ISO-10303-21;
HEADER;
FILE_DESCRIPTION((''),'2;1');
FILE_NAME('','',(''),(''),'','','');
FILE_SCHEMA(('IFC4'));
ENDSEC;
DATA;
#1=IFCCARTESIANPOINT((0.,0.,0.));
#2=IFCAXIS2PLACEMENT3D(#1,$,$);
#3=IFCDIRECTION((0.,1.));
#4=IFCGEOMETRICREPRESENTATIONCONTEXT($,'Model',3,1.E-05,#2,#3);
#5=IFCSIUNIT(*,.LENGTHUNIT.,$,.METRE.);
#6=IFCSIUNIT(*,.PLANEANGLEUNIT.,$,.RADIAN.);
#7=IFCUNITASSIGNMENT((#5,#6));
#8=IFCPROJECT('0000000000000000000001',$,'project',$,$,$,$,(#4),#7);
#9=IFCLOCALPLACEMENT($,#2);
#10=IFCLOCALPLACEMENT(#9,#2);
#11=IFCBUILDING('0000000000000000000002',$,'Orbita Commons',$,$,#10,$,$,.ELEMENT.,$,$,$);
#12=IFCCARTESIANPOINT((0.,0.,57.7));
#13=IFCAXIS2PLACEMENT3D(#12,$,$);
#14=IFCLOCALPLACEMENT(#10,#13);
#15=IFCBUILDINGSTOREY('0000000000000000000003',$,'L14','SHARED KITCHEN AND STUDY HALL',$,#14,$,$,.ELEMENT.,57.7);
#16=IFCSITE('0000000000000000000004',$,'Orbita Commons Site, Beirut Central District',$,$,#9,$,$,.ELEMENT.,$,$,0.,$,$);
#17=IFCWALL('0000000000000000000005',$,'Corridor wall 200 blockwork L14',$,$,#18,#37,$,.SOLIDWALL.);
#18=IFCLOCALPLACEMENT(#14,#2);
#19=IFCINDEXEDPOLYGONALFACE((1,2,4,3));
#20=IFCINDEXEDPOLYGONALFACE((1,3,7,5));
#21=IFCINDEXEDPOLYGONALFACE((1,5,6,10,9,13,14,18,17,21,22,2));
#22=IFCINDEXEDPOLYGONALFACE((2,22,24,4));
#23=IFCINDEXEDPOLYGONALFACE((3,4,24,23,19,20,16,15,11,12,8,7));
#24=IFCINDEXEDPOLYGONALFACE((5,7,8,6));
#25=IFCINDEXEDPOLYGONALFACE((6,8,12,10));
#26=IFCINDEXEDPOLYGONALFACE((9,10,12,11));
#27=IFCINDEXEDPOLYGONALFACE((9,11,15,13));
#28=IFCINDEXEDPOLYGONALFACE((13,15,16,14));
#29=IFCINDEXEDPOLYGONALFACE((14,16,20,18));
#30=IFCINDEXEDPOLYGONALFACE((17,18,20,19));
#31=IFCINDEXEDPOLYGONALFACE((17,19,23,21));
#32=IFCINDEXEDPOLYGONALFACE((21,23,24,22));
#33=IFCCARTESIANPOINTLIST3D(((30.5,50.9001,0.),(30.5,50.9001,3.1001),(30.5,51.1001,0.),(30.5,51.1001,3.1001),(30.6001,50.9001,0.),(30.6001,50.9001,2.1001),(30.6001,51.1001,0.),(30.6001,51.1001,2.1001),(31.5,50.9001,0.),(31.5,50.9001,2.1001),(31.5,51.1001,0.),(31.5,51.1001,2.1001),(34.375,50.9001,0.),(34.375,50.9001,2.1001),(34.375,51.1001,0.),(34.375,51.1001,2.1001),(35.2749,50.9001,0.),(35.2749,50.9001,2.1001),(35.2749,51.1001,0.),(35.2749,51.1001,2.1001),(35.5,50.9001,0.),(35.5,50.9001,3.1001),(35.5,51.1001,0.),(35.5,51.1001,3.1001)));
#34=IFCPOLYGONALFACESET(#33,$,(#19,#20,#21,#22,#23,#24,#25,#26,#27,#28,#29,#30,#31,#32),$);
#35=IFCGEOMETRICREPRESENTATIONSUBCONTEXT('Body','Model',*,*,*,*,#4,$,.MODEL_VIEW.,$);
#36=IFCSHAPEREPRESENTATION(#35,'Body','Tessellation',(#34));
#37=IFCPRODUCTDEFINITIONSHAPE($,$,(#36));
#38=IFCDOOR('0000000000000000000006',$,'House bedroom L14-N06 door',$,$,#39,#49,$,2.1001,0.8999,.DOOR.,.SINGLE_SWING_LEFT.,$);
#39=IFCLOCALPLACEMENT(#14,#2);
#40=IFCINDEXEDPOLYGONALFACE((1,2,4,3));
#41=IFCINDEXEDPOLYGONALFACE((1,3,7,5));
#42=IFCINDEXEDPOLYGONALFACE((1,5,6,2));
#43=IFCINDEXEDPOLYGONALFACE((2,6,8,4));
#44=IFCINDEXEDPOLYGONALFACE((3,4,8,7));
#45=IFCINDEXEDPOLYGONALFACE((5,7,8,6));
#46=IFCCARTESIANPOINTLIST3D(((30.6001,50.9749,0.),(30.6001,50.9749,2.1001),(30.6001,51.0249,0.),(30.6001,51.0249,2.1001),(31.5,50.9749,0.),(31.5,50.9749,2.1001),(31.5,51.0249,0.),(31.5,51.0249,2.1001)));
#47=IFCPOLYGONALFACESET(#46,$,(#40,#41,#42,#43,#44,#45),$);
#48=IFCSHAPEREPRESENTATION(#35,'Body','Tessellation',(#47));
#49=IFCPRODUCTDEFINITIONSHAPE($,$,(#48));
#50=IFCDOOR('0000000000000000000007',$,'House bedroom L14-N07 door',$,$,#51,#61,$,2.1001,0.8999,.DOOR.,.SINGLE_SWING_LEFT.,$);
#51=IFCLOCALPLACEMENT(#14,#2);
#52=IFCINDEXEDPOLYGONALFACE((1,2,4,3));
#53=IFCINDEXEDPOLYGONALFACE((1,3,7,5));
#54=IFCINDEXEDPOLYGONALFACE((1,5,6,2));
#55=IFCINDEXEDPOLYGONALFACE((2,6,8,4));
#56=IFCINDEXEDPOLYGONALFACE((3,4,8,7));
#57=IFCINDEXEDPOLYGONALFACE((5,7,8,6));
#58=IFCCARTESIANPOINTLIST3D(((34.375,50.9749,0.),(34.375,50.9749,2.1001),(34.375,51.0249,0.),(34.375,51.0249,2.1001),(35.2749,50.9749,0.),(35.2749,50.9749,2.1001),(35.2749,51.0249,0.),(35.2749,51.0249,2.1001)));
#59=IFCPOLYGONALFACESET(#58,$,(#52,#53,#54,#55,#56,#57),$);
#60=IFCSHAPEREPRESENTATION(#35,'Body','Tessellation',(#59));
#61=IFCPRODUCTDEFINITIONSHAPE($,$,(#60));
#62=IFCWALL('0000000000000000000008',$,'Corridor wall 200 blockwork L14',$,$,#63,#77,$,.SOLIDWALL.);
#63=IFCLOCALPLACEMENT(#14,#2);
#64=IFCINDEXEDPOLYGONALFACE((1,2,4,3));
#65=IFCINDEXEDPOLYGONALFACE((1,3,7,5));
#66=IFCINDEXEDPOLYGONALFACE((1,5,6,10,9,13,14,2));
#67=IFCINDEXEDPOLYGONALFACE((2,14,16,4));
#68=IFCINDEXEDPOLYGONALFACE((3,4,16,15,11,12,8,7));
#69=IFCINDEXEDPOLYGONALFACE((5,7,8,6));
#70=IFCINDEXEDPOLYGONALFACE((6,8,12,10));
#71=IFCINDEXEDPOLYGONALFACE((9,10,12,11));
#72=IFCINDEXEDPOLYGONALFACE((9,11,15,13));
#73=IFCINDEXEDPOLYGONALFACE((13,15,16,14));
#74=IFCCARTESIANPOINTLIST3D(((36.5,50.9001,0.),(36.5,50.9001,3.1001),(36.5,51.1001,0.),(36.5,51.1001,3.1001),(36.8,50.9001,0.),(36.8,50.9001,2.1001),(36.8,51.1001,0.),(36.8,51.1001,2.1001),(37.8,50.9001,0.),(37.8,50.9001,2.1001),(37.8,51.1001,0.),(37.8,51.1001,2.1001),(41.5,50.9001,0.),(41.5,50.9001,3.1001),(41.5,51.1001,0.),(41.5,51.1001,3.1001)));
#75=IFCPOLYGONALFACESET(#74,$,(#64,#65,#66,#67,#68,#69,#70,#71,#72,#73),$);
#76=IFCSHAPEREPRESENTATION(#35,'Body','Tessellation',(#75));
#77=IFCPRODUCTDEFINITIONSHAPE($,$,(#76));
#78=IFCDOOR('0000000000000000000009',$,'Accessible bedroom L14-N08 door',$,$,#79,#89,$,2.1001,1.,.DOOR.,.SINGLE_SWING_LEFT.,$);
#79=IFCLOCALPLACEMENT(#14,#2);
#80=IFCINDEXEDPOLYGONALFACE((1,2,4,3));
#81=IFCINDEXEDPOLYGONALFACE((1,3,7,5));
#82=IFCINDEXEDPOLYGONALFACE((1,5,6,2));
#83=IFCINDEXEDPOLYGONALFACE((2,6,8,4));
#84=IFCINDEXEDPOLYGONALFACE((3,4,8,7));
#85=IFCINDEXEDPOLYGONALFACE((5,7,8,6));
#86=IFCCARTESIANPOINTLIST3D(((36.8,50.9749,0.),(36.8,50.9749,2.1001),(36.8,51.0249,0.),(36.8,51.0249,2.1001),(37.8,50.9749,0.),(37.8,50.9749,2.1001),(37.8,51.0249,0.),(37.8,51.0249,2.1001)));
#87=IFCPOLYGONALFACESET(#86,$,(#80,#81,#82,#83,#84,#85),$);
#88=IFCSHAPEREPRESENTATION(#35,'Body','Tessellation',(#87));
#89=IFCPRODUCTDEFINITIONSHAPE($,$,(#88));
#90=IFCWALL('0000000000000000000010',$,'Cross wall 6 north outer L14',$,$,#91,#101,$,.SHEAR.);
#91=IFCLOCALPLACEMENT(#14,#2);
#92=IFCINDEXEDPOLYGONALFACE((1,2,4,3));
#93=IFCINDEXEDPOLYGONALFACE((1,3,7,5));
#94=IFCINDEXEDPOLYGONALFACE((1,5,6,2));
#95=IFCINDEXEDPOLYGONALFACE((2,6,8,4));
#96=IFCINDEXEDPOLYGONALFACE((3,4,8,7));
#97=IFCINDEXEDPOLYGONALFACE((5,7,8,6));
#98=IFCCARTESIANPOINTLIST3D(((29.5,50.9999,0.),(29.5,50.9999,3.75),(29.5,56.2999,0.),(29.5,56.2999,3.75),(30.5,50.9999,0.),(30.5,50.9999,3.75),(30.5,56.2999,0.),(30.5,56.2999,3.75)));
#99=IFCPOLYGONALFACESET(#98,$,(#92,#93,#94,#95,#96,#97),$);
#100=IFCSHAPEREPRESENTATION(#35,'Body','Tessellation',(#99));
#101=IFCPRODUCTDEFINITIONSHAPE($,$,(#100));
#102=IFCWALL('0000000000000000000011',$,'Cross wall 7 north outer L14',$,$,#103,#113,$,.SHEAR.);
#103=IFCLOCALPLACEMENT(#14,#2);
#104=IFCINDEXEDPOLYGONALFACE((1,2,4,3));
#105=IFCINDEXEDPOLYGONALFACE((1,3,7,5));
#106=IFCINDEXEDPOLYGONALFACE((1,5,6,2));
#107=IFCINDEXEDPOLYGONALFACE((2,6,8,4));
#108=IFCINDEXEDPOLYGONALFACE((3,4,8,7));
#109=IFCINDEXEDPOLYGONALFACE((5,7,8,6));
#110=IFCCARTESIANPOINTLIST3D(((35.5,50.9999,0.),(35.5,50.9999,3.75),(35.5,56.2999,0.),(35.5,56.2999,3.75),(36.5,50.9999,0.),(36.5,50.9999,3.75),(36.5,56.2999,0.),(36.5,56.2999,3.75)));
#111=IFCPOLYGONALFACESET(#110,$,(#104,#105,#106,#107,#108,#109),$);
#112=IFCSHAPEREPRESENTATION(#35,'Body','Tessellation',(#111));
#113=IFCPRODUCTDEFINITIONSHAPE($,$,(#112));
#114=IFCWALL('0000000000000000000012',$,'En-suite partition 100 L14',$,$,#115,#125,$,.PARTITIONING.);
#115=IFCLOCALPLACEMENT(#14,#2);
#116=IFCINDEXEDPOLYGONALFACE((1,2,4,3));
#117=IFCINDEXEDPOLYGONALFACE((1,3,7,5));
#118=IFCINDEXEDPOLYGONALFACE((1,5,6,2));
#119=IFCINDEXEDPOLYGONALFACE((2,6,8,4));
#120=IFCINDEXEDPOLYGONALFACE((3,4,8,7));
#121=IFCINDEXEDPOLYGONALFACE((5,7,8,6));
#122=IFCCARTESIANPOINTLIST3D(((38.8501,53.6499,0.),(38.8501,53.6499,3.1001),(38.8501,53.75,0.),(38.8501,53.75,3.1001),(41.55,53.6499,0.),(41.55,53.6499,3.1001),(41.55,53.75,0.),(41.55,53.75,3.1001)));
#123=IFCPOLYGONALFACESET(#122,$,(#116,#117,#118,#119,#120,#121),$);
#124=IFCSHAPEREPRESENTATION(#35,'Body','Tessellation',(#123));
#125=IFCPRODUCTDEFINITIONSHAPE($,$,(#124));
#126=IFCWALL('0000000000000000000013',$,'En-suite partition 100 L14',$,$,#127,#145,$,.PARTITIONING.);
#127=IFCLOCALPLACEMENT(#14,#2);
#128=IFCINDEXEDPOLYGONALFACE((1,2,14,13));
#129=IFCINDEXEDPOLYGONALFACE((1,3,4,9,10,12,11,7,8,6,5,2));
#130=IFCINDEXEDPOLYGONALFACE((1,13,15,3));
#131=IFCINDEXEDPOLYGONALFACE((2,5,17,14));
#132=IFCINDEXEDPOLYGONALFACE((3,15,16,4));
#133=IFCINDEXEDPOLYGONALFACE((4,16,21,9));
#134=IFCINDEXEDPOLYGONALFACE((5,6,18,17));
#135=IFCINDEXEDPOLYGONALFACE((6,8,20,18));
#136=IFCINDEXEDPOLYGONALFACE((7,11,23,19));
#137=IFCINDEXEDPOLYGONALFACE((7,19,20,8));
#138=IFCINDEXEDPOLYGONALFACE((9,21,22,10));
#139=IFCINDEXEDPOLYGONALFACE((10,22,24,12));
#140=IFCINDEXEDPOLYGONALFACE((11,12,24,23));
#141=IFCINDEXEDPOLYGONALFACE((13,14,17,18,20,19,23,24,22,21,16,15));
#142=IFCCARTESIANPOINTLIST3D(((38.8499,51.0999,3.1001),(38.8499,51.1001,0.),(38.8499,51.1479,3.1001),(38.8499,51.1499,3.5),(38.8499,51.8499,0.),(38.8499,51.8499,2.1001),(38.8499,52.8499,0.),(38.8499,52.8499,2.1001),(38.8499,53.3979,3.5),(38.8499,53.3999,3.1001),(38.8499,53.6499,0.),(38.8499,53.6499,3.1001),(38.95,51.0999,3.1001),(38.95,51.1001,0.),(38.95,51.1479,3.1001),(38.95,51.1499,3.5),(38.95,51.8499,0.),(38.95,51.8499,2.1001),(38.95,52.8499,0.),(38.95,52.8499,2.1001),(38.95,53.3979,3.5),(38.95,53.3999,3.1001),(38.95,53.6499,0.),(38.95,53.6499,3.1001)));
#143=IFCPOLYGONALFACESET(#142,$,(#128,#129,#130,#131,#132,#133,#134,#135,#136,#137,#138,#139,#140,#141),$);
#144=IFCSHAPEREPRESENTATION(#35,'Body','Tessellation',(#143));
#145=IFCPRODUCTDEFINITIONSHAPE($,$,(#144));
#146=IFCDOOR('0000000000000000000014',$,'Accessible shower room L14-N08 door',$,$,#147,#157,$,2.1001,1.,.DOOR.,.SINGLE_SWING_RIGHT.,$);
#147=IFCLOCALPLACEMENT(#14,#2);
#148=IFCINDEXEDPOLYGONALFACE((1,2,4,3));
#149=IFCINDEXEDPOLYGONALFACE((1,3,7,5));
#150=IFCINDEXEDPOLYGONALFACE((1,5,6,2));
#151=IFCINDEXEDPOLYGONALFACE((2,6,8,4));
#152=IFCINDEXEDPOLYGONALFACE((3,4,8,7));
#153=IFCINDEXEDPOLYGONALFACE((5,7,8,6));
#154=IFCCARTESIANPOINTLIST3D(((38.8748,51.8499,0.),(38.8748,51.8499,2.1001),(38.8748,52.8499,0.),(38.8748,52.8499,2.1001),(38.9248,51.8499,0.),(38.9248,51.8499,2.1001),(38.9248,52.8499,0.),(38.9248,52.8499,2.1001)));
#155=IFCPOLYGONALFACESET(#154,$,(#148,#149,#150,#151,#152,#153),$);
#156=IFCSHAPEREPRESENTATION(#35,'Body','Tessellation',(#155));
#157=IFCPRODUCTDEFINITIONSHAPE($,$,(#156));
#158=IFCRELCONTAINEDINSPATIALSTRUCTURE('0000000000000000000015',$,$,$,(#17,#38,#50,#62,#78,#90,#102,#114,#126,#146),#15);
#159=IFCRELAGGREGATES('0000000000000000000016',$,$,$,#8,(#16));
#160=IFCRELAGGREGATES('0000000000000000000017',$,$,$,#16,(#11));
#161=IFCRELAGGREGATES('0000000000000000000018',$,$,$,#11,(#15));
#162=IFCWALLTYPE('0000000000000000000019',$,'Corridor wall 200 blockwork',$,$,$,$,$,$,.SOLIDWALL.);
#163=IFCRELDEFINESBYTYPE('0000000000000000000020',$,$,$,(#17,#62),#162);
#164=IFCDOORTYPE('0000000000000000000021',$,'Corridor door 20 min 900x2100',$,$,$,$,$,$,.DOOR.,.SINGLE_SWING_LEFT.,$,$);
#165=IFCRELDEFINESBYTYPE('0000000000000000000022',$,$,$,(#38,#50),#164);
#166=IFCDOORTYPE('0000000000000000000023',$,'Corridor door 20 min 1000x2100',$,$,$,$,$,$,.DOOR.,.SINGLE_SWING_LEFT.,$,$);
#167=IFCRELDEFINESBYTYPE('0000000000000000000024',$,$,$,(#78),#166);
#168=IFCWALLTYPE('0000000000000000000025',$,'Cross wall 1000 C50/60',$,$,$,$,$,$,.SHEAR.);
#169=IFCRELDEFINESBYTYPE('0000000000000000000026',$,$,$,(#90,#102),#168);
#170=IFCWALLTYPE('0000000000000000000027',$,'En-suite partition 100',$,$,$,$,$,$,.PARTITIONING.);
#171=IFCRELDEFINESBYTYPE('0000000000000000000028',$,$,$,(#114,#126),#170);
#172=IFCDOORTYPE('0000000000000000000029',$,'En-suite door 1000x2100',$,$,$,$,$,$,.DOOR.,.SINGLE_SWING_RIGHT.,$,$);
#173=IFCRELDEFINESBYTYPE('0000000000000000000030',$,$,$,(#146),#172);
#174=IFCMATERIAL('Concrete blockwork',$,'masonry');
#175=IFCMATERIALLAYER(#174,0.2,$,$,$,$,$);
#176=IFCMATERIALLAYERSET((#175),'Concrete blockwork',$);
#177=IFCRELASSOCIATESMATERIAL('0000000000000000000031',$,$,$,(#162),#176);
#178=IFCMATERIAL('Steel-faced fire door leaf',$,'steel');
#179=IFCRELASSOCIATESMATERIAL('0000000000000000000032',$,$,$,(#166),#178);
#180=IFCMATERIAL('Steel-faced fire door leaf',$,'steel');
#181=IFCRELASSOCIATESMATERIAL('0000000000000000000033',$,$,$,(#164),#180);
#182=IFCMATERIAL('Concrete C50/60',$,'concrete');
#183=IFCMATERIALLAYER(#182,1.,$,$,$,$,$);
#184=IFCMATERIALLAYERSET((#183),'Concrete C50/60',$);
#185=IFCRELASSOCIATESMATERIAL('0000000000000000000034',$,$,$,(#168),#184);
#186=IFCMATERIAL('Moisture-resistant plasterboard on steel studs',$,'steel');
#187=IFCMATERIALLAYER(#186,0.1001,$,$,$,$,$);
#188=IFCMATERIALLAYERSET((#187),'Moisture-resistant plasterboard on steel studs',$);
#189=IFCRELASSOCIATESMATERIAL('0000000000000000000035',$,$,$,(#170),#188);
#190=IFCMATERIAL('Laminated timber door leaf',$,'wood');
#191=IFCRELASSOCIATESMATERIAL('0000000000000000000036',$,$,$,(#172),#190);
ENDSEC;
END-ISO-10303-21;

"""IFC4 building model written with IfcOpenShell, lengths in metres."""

from ifc_helpers import new_model, si_unit, direction, frame, frame_2d, origin, place, context, subcontext, project, spatial, polyline, rectangle, outline, extrude, material, layer, layer_set, type_object, element, fill, save


model = new_model("IFC4")

# Units and contexts
model_context = context("Model", 3, precision=1e-05, world=origin(), true_north=direction((0.0, 1.0)))
body_context = subcontext(model_context, "Body", "Model", "MODEL_VIEW")
ifc_project = project(units=[si_unit("LENGTHUNIT", "METRE"), si_unit("PLANEANGLEUNIT", "RADIAN")], contexts=[model_context])

# Site, building, storey
site_placement = place(None, origin())
site = spatial("IfcSite", under=ifc_project, at=site_placement, Name="Orbita Commons Site, Beirut Central District", CompositionType="ELEMENT", RefElevation=0.0)
building_placement = place(site_placement, origin())
building = spatial("IfcBuilding", under=site, at=building_placement, Name="Orbita Commons", CompositionType="ELEMENT")
storey_placement = place(building_placement, frame((0.0, 0.0, 57.7)))
storey = spatial("IfcBuildingStorey", under=building, at=storey_placement, Name="L14", Description="SHARED KITCHEN AND STUDY HALL", CompositionType="ELEMENT", Elevation=57.7)

# Shared definitions
ifc_material_1 = material(Name="Concrete blockwork", Category="masonry")
ifc_layer_1 = layer(ifc_material_1, 0.2)
ifc_layer_set_1 = layer_set([ifc_layer_1], Name="Concrete blockwork")
wall_type_1 = type_object("IfcWallType", Name="Corridor wall 200 blockwork", PredefinedType="SOLIDWALL", material=ifc_layer_set_1)
ifc_material_2 = material(Name="Steel-faced fire door leaf", Category="steel")
door_type_1 = type_object("IfcDoorType", Name="Corridor door 20 min 1000x2100", OperationType="SINGLE_SWING_LEFT", PredefinedType="DOOR", material=ifc_material_2)

# Wall, openings, doors
wall_1_placement = place(storey_placement, frame((30.5, 51.0, 0.0), z_axis=(0.0, 0.0, 1.0), x_axis=(1.0, 0.0, 0.0)))
wall_1 = element("IfcWall", 1, at=wall_1_placement, inside=storey, type_object=wall_type_1, Name="Corridor wall 200 blockwork L14", PredefinedType="SOLIDWALL", context=body_context, shape_type="SweptSolid", body=[
    extrude(outline(polyline([(0.0, 0.0), (5.0, 0.0), (5.0, 3.1001), (0.0, 3.1001), (0.0, 0.0)])), frame((0.0, 0.1001, 0.0), z_axis=(0.0, -1.0, 0.0), x_axis=(1.0, 0.0, 0.0)), (0.0, 0.0, 1.0), 0.2),
])
opening_1_placement = place(wall_1_placement, frame((0.1001, 0.0, 0.0)))
opening_1 = element("IfcOpeningElement", 2, at=opening_1_placement, cuts=wall_1, PredefinedType="OPENING", context=body_context, shape_type="SweptSolid", body=[
    extrude(rectangle(XDim=0.8999, YDim=2.1001, at=frame_2d((0.45, 1.05))), frame((0.0, 0.1099, 0.0), z_axis=(0.0, -1.0, 0.0), x_axis=(1.0, 0.0, 0.0)), (0.0, 0.0, 1.0), 0.22),
])
opening_2_placement = place(wall_1_placement, frame((3.875, 0.0, 0.0)))
opening_2 = element("IfcOpeningElement", 3, at=opening_2_placement, cuts=wall_1, PredefinedType="OPENING", context=body_context, shape_type="SweptSolid", body=[
    extrude(rectangle(XDim=0.8999, YDim=2.1001, at=frame_2d((0.45, 1.05))), frame((0.0, 0.1099, 0.0), z_axis=(0.0, -1.0, 0.0), x_axis=(1.0, 0.0, 0.0)), (0.0, 0.0, 1.0), 0.22),
])
ifc_material_3 = material(Name="Steel-faced fire door leaf", Category="steel")
door_type_2 = type_object("IfcDoorType", Name="Corridor door 20 min 900x2100", OperationType="SINGLE_SWING_LEFT", PredefinedType="DOOR", material=ifc_material_3)
door_1_placement = place(opening_1_placement, origin())
door_1 = element("IfcDoor", 4, at=door_1_placement, inside=storey, type_object=door_type_2, Name="House bedroom L14-N06 door", OperationType="SINGLE_SWING_LEFT", OverallHeight=2.1001, OverallWidth=0.8999, PredefinedType="DOOR", context=body_context, shape_type="SweptSolid", body=[
    extrude(rectangle(XDim=0.8999, YDim=2.1001, at=frame_2d((0.45, 1.05))), frame((0.0, 0.0249, 0.0), z_axis=(0.0, -1.0, 0.0), x_axis=(1.0, 0.0, 0.0)), (0.0, 0.0, 1.0), 0.05),
])
fill(opening_1, door_1)
door_2_placement = place(opening_2_placement, origin())
door_2 = element("IfcDoor", 5, at=door_2_placement, inside=storey, type_object=door_type_2, Name="House bedroom L14-N07 door", OperationType="SINGLE_SWING_LEFT", OverallHeight=2.1001, OverallWidth=0.8999, PredefinedType="DOOR", context=body_context, shape_type="SweptSolid", body=[
    extrude(rectangle(XDim=0.8999, YDim=2.1001, at=frame_2d((0.45, 1.05))), frame((0.0, 0.0249, 0.0), z_axis=(0.0, -1.0, 0.0), x_axis=(1.0, 0.0, 0.0)), (0.0, 0.0, 1.0), 0.05),
])
fill(opening_2, door_2)

# Wall, opening, door
wall_2_placement = place(storey_placement, frame((36.5, 51.0, 0.0), z_axis=(0.0, 0.0, 1.0), x_axis=(1.0, 0.0, 0.0)))
wall_2 = element("IfcWall", 6, at=wall_2_placement, inside=storey, type_object=wall_type_1, Name="Corridor wall 200 blockwork L14", PredefinedType="SOLIDWALL", context=body_context, shape_type="SweptSolid", body=[
    extrude(outline(polyline([(0.0, 0.0), (5.0, 0.0), (5.0, 3.1001), (0.0, 3.1001), (0.0, 0.0)])), frame((0.0, 0.1001, 0.0), z_axis=(0.0, -1.0, 0.0), x_axis=(1.0, 0.0, 0.0)), (0.0, 0.0, 1.0), 0.2),
])
opening_3_placement = place(wall_2_placement, frame((0.3, 0.0, 0.0)))
opening_3 = element("IfcOpeningElement", 7, at=opening_3_placement, cuts=wall_2, PredefinedType="OPENING", context=body_context, shape_type="SweptSolid", body=[
    extrude(rectangle(XDim=1.0, YDim=2.1001, at=frame_2d((0.5, 1.05))), frame((0.0, 0.1099, 0.0), z_axis=(0.0, -1.0, 0.0), x_axis=(1.0, 0.0, 0.0)), (0.0, 0.0, 1.0), 0.22),
])
door_3_placement = place(opening_3_placement, origin())
door_3 = element("IfcDoor", 8, at=door_3_placement, inside=storey, type_object=door_type_1, Name="Accessible bedroom L14-N08 door", OperationType="SINGLE_SWING_LEFT", OverallHeight=2.1001, OverallWidth=1.0, PredefinedType="DOOR", context=body_context, shape_type="SweptSolid", body=[
    extrude(rectangle(XDim=1.0, YDim=2.1001, at=frame_2d((0.5, 1.05))), frame((0.0, 0.0249, 0.0), z_axis=(0.0, -1.0, 0.0), x_axis=(1.0, 0.0, 0.0)), (0.0, 0.0, 1.0), 0.05),
])
fill(opening_3, door_3)

# Walls
ifc_material_4 = material(Name="Concrete C50/60", Category="concrete")
ifc_layer_2 = layer(ifc_material_4, 1.0)
ifc_layer_set_2 = layer_set([ifc_layer_2], Name="Concrete C50/60")
wall_type_2 = type_object("IfcWallType", Name="Cross wall 1000 C50/60", PredefinedType="SHEAR", material=ifc_layer_set_2)
for number, where, z_axis, x_axis, name in (
    (9, (30.0, 51.0, 0.0), (0.0, 0.0, 1.0), (0.0, 1.0, 0.0), "Cross wall 6 north outer L14"),
    (10, (36.0, 51.0, 0.0), (0.0, 0.0, 1.0), (0.0, 1.0, 0.0), "Cross wall 7 north outer L14"),
):
    element("IfcWall", number, at=place(storey_placement, frame(where, z_axis=z_axis, x_axis=x_axis)), inside=storey, type_object=wall_type_2, Name=name, PredefinedType="SHEAR", context=body_context, shape_type="SweptSolid", body=[
        extrude(rectangle(XDim=5.3, YDim=1.0, at=frame_2d((2.6499, 0.0))), origin(), (0.0, 0.0, 1.0), 3.75),
    ])
ifc_material_5 = material(Name="Moisture-resistant plasterboard on steel studs", Category="steel")
ifc_layer_3 = layer(ifc_material_5, 0.1001)
ifc_layer_set_3 = layer_set([ifc_layer_3], Name="Moisture-resistant plasterboard on steel studs")
wall_type_3 = type_object("IfcWallType", Name="En-suite partition 100", PredefinedType="PARTITIONING", material=ifc_layer_set_3)
wall_3_placement = place(storey_placement, frame((38.8501, 53.7, 0.0), z_axis=(0.0, 0.0, 1.0), x_axis=(1.0, 0.0, 0.0)))
element("IfcWall", 11, at=wall_3_placement, inside=storey, type_object=wall_type_3, Name="En-suite partition 100 L14", PredefinedType="PARTITIONING", context=body_context, shape_type="SweptSolid", body=[
    extrude(outline(polyline([(0.0, 0.0), (2.7, 0.0), (2.7, 3.1001), (0.0, 3.1001), (0.0, 0.0)])), frame((0.0, 0.05, 0.0), z_axis=(0.0, -1.0, 0.0), x_axis=(1.0, 0.0, 0.0)), (0.0, 0.0, 1.0), 0.1001),
])

# Wall, opening, door
wall_4_placement = place(storey_placement, frame((38.8999, 53.6499, 0.0), z_axis=(0.0, 0.0, 1.0), x_axis=(0.0, -1.0, 0.0)))
wall_4 = element("IfcWall", 12, at=wall_4_placement, inside=storey, type_object=wall_type_3, Name="En-suite partition 100 L14", PredefinedType="PARTITIONING", context=body_context, shape_type="SweptSolid", body=[
    extrude(outline(polyline([(0.0, 0.0), (2.5498, 0.0), (2.55, 3.1001), (2.502, 3.1001), (2.5, 3.5), (0.252, 3.5), (0.25, 3.1001), (0.0, 3.1001), (0.0, 0.0)])), frame((0.0, 0.05, 0.0), z_axis=(0.0, -1.0, 0.0), x_axis=(1.0, 0.0, 0.0)), (0.0, 0.0, 1.0), 0.1001),
])
opening_4_placement = place(wall_4_placement, frame((0.8, 0.0, 0.0)))
opening_4 = element("IfcOpeningElement", 13, at=opening_4_placement, cuts=wall_4, PredefinedType="OPENING", context=body_context, shape_type="SweptSolid", body=[
    extrude(rectangle(XDim=1.0, YDim=2.1001, at=frame_2d((0.5, 1.05))), frame((0.0, 0.0601, 0.0), z_axis=(0.0, -1.0, 0.0), x_axis=(1.0, 0.0, 0.0)), (0.0, 0.0, 1.0), 0.1201),
])
ifc_material_6 = material(Name="Laminated timber door leaf", Category="wood")
door_type_3 = type_object("IfcDoorType", Name="En-suite door 1000x2100", OperationType="SINGLE_SWING_RIGHT", PredefinedType="DOOR", material=ifc_material_6)
door_4_placement = place(opening_4_placement, origin())
door_4 = element("IfcDoor", 14, at=door_4_placement, inside=storey, type_object=door_type_3, Name="Accessible shower room L14-N08 door", OperationType="SINGLE_SWING_RIGHT", OverallHeight=2.1001, OverallWidth=1.0, PredefinedType="DOOR", context=body_context, shape_type="SweptSolid", body=[
    extrude(rectangle(XDim=1.0, YDim=2.1001, at=frame_2d((0.5, 1.05))), frame((0.0, 0.0249, 0.0), z_axis=(0.0, -1.0, 0.0), x_axis=(1.0, 0.0, 0.0)), (0.0, 0.0, 1.0), 0.05),
])
fill(opening_4, door_4)

save(model, "model.ifc")
